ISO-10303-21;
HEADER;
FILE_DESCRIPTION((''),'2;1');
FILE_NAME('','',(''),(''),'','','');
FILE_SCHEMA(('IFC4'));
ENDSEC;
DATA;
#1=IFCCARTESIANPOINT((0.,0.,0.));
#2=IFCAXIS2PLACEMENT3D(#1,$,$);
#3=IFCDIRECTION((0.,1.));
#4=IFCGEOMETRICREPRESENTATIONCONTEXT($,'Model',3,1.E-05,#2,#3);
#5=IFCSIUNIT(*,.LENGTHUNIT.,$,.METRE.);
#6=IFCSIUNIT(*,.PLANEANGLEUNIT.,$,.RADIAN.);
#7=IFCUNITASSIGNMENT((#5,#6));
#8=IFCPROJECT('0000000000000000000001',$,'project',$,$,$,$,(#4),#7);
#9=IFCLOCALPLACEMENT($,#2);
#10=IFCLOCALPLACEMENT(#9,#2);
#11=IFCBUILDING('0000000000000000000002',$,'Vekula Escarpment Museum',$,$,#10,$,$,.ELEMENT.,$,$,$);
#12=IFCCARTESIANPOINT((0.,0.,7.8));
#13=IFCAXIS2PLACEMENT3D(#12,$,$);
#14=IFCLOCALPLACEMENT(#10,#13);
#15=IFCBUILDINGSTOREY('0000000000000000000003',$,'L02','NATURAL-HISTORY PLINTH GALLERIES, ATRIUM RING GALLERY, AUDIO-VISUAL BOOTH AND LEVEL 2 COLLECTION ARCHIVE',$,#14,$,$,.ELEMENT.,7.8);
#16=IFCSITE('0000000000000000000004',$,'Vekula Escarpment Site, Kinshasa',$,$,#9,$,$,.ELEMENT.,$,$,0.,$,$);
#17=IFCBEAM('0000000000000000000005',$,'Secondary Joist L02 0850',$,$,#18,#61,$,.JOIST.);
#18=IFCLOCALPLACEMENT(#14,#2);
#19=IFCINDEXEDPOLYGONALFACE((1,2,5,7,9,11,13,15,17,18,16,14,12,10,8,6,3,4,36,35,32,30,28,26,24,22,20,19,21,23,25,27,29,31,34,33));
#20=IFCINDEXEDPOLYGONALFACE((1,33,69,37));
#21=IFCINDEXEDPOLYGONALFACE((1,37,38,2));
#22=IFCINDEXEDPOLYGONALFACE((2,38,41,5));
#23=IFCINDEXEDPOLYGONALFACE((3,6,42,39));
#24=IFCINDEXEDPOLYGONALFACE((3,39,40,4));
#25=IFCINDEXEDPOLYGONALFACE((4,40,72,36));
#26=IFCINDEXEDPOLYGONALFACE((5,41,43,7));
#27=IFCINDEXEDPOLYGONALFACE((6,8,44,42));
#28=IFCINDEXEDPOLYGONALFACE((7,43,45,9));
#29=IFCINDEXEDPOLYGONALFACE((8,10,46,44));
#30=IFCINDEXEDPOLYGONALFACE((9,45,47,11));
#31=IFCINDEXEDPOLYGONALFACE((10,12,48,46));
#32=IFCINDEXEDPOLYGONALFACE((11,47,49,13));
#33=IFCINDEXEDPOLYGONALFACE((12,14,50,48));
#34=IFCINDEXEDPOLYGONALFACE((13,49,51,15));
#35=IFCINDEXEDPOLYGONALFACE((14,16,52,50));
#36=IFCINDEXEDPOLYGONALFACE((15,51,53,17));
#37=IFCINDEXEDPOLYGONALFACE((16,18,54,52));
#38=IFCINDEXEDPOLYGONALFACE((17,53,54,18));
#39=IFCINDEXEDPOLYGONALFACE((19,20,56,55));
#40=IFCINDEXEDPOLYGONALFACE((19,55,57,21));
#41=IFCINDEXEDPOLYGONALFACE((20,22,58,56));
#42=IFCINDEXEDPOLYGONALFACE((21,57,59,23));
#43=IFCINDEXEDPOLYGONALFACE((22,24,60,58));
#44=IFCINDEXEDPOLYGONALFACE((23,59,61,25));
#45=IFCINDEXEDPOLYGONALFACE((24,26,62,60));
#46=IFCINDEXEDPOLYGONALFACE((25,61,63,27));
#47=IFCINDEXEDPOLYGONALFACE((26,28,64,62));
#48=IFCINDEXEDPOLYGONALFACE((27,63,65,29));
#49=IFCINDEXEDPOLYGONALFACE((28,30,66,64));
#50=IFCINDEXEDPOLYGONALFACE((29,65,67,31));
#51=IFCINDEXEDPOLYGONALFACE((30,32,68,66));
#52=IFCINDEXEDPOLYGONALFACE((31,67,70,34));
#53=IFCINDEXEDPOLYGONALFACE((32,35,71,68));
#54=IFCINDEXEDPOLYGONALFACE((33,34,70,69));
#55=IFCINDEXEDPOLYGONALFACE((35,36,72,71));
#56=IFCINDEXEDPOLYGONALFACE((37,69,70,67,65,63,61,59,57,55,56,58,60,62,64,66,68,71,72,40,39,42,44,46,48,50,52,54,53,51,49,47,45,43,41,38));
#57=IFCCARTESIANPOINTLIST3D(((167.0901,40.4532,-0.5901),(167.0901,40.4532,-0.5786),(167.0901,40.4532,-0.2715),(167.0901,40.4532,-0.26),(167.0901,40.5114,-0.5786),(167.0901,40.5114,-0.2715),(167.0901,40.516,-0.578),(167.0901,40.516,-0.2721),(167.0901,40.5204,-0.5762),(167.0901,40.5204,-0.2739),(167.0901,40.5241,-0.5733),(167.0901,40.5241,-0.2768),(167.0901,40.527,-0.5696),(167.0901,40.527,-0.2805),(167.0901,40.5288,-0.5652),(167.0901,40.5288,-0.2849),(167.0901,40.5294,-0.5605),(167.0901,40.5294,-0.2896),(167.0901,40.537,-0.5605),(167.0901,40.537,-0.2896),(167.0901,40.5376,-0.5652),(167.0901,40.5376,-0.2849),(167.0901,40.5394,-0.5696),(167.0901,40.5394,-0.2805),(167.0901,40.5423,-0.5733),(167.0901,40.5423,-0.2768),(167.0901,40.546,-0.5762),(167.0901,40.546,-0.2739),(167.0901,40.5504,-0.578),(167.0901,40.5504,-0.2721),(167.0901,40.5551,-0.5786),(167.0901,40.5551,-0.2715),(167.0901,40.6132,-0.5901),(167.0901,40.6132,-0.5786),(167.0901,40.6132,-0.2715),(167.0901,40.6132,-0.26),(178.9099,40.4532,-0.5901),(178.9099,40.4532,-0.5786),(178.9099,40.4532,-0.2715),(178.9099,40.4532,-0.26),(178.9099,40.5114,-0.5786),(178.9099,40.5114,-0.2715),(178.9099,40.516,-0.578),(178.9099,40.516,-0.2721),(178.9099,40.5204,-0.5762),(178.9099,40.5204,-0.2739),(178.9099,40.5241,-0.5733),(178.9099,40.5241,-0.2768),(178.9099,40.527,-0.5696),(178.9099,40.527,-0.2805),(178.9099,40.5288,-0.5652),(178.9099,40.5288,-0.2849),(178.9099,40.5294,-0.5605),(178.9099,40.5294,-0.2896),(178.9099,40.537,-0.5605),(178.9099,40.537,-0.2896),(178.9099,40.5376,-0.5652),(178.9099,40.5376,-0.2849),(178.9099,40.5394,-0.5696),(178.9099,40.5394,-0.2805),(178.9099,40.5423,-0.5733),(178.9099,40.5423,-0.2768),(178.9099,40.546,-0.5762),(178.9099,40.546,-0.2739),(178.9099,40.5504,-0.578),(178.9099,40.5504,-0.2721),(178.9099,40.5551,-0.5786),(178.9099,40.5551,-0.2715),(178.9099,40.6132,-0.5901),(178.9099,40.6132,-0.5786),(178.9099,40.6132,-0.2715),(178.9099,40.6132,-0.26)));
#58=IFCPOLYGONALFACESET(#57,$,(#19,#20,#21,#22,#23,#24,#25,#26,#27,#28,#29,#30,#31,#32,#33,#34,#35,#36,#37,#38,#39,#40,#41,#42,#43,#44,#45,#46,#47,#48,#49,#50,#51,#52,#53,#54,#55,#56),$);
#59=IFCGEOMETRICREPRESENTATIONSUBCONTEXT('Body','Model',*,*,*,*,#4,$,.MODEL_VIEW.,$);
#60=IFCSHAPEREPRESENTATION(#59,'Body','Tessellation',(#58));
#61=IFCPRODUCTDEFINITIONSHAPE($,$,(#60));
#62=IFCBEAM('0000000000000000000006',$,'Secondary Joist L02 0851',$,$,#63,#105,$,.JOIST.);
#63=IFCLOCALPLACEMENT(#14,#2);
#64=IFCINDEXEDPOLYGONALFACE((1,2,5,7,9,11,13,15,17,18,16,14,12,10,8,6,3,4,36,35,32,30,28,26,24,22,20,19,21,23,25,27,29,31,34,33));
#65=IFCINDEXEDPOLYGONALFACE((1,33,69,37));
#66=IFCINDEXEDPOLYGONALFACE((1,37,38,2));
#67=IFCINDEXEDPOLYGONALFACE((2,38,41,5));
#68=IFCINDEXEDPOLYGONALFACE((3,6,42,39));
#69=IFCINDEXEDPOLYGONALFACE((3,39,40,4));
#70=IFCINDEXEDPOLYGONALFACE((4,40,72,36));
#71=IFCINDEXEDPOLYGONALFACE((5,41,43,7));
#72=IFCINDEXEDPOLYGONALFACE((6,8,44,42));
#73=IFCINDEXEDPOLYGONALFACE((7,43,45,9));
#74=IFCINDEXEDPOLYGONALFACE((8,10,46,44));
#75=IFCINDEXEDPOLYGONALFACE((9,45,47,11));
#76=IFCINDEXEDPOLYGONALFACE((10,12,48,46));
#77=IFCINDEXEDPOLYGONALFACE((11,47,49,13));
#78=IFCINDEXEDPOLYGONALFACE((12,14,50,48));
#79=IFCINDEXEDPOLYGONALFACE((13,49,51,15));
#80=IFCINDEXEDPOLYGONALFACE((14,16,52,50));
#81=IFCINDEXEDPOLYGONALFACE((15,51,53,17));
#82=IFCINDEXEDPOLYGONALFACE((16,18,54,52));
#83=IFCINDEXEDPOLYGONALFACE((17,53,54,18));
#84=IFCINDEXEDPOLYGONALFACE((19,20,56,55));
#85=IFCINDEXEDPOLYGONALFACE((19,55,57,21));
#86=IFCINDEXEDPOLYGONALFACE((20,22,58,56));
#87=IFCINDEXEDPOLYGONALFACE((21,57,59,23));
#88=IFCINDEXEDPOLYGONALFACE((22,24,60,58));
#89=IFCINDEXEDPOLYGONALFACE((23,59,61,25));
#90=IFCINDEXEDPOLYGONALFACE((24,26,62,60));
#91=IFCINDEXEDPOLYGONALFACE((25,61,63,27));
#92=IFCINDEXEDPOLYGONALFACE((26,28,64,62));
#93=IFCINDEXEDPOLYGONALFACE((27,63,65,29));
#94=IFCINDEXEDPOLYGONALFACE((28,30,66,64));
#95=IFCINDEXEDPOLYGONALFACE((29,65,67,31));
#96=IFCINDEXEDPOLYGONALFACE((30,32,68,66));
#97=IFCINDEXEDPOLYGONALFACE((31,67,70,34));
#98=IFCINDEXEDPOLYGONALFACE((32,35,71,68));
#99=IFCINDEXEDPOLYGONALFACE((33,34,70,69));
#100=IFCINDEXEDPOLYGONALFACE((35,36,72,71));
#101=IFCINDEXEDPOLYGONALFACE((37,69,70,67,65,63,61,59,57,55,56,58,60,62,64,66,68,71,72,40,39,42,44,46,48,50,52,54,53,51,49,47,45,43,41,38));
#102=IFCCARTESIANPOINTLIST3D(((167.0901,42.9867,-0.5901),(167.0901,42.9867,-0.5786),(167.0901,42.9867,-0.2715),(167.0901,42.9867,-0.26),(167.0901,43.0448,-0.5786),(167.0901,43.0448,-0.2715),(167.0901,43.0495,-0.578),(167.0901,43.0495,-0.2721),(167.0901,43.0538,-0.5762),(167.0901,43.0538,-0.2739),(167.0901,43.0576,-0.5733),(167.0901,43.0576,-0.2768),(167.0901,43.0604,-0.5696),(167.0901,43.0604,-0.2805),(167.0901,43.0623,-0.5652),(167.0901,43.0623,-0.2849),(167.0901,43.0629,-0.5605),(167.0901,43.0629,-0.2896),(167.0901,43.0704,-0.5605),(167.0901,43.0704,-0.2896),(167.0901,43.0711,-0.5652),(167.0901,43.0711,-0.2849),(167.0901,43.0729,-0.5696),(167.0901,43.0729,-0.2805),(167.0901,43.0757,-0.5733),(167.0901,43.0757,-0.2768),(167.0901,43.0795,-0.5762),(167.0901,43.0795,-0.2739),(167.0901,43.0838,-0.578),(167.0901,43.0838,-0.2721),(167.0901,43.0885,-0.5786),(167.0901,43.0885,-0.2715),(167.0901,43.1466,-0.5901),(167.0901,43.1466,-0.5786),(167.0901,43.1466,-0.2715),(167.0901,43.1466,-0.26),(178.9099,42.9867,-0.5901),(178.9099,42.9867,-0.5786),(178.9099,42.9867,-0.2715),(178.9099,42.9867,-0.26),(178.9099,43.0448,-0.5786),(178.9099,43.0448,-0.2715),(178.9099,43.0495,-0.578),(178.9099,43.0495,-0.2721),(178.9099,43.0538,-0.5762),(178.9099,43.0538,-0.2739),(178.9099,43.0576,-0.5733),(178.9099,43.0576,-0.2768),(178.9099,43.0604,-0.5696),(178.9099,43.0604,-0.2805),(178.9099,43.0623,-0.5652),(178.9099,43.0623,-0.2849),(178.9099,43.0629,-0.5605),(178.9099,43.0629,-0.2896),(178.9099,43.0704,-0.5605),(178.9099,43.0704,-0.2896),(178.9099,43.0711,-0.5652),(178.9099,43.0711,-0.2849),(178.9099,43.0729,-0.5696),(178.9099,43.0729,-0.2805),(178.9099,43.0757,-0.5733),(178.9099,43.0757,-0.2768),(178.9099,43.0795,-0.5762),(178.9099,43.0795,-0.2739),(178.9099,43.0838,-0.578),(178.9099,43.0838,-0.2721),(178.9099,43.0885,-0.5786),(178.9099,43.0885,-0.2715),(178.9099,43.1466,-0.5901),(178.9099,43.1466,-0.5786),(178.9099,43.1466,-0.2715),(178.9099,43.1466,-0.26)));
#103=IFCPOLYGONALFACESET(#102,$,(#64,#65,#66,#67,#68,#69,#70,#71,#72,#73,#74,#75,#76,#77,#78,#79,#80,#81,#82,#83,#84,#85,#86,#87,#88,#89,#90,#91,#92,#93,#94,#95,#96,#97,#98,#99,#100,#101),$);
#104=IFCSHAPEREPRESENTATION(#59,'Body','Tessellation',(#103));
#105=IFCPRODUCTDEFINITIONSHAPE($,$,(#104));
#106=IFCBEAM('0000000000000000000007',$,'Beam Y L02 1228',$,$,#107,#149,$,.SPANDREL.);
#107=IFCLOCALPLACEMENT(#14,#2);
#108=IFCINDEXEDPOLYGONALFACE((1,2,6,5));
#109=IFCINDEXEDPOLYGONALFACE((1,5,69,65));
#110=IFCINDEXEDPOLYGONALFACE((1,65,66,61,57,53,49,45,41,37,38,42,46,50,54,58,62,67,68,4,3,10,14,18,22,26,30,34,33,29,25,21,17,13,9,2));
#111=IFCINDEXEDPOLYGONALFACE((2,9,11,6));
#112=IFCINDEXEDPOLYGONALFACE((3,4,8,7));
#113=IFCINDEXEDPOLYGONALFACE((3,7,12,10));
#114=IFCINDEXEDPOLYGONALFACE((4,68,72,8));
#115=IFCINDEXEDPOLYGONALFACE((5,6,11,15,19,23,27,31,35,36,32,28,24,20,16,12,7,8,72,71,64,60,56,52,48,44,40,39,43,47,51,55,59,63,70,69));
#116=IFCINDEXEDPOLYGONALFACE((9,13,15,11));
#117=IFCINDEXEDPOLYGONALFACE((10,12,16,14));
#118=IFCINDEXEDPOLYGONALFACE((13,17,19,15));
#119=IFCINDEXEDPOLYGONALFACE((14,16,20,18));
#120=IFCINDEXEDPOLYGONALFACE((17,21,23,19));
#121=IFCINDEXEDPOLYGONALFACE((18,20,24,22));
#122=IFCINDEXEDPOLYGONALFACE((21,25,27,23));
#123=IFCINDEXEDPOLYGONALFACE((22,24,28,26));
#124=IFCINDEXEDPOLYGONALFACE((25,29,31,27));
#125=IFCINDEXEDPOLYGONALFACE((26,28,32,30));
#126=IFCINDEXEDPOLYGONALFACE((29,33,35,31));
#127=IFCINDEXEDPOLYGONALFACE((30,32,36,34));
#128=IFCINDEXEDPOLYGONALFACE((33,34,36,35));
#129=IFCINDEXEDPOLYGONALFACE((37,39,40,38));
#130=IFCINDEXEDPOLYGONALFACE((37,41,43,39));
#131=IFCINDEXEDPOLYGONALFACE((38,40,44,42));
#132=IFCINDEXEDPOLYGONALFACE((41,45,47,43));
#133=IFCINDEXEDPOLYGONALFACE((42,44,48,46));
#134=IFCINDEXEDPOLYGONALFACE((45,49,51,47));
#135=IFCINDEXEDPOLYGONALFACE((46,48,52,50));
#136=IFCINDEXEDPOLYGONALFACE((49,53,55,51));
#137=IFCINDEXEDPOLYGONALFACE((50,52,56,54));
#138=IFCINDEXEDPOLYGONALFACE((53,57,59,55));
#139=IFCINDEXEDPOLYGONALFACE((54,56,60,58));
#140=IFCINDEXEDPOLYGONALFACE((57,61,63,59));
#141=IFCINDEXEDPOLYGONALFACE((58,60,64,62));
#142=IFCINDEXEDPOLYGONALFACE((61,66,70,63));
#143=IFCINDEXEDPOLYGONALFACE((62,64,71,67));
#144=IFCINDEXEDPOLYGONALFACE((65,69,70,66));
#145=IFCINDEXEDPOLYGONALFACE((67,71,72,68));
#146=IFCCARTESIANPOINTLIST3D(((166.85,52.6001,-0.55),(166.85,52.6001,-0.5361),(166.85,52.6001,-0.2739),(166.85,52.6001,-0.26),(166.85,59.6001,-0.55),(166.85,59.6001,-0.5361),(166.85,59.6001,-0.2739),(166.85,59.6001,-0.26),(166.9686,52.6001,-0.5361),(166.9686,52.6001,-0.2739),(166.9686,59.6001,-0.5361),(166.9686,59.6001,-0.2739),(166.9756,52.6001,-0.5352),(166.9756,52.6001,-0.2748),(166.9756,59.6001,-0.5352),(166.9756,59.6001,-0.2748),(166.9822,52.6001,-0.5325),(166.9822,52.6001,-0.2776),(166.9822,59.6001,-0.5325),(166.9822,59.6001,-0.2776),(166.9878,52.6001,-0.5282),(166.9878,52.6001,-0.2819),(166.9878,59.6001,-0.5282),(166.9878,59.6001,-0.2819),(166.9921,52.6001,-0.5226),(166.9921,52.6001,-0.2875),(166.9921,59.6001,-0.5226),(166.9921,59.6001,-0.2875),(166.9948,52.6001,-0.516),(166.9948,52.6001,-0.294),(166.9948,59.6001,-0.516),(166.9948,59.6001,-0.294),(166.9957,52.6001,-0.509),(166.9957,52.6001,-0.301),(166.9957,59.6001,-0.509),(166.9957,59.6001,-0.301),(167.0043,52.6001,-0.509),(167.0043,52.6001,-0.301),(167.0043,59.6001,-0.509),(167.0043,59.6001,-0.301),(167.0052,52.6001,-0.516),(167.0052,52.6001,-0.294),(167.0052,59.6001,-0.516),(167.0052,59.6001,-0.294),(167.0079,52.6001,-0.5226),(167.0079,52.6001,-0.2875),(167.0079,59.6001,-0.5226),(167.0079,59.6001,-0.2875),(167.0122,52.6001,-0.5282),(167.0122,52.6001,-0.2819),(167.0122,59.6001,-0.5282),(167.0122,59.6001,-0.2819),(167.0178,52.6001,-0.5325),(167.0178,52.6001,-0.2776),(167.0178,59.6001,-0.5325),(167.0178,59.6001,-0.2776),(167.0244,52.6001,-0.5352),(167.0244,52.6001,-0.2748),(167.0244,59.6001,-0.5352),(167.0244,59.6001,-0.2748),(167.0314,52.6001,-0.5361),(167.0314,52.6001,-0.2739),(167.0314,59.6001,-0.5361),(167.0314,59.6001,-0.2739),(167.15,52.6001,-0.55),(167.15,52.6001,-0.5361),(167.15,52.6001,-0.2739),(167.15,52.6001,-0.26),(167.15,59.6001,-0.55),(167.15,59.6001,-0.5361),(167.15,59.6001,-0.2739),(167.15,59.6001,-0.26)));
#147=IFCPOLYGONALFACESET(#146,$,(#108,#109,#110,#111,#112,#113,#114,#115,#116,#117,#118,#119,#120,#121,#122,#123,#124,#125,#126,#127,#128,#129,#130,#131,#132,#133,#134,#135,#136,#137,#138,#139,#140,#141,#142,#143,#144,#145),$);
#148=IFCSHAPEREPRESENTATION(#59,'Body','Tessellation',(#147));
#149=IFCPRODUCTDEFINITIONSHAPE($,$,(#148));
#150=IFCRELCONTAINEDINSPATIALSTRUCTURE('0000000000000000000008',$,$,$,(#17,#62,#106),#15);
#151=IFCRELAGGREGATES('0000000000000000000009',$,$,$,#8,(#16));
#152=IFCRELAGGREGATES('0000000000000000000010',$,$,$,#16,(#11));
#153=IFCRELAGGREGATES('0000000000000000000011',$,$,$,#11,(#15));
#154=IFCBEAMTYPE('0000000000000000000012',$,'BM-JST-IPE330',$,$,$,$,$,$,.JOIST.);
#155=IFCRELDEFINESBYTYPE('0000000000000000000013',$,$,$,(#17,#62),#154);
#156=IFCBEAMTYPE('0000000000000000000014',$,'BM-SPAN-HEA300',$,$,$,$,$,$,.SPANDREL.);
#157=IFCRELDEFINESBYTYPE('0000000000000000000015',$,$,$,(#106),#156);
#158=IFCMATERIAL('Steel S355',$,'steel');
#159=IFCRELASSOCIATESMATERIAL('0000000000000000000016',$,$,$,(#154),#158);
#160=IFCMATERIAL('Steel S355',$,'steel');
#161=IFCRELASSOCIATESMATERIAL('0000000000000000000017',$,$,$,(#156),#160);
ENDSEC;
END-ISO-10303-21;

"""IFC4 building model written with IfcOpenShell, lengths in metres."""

from ifc_helpers import new_model, si_unit, direction, frame, origin, origin_2d, place, context, subcontext, project, spatial, i_section, extrude, material, material_profile, profile_set, type_object, element, save


model = new_model("IFC4")

# Units and contexts
model_context = context("Model", 3, precision=1e-05, world=origin(), true_north=direction((0.0, 1.0)))
body_context = subcontext(model_context, "Body", "Model", "MODEL_VIEW")
ifc_project = project(units=[si_unit("LENGTHUNIT", "METRE"), si_unit("PLANEANGLEUNIT", "RADIAN")], contexts=[model_context])

# Site, building, storey
site_placement = place(None, origin())
site = spatial("IfcSite", under=ifc_project, at=site_placement, Name="Vekula Escarpment Site, Kinshasa", CompositionType="ELEMENT", RefElevation=0.0)
building_placement = place(site_placement, origin())
building = spatial("IfcBuilding", under=site, at=building_placement, Name="Vekula Escarpment Museum", CompositionType="ELEMENT")
storey_placement = place(building_placement, frame((0.0, 0.0, 7.8)))
storey = spatial("IfcBuildingStorey", under=building, at=storey_placement, Name="L02", Description="NATURAL-HISTORY PLINTH GALLERIES, ATRIUM RING GALLERY, AUDIO-VISUAL BOOTH AND LEVEL 2 COLLECTION ARCHIVE", CompositionType="ELEMENT", Elevation=7.8)

# Beams
ifc_material_1 = material(Name="Steel S355", Category="steel")
ifc_material_profile_1 = material_profile(ifc_material_1, i_section(OverallWidth=0.1599, OverallDepth=0.3301, WebThickness=0.0076, FlangeThickness=0.0115, FilletRadius=0.0181, at=origin_2d()), Name="IPE 330")
ifc_profile_set_1 = profile_set([ifc_material_profile_1], Name="Steel S355")
beam_type_1 = type_object("IfcBeamType", Name="BM-JST-IPE330", PredefinedType="JOIST", material=ifc_profile_set_1)
for number, where, z_axis, x_axis, name in (
    (1, (167.0901, 40.5332, -0.425), (1.0, 0.0, 0.0), (0.0, 1.0, 0.0), "Secondary Joist L02 0850"),
    (2, (167.0901, 43.0667, -0.425), (1.0, 0.0, 0.0), (0.0, 1.0, 0.0), "Secondary Joist L02 0851"),
):
    element("IfcBeam", number, at=place(storey_placement, frame(where, z_axis=z_axis, x_axis=x_axis)), inside=storey, type_object=beam_type_1, Name=name, PredefinedType="JOIST", context=body_context, shape_type="SweptSolid", body=[
        extrude(i_section(OverallWidth=0.1599, OverallDepth=0.3301, WebThickness=0.0076, FlangeThickness=0.0115, FilletRadius=0.0181, at=origin_2d()), origin(), (0.0, 0.0, 1.0), 11.8198),
    ])
ifc_material_2 = material(Name="Steel S355", Category="steel")
ifc_material_profile_2 = material_profile(ifc_material_2, i_section(OverallWidth=0.3, OverallDepth=0.29, WebThickness=0.0085, FlangeThickness=0.0139, FilletRadius=0.0271, at=origin_2d()), Name="HEA 300")
ifc_profile_set_2 = profile_set([ifc_material_profile_2], Name="Steel S355")
beam_type_2 = type_object("IfcBeamType", Name="BM-SPAN-HEA300", PredefinedType="SPANDREL", material=ifc_profile_set_2)
beam_1_placement = place(storey_placement, frame((167.0, 52.6001, -0.405), z_axis=(0.0, 1.0, 0.0), x_axis=(-1.0, 0.0, 0.0)))
element("IfcBeam", 3, at=beam_1_placement, inside=storey, type_object=beam_type_2, Name="Beam Y L02 1228", PredefinedType="SPANDREL", context=body_context, shape_type="SweptSolid", body=[
    extrude(i_section(OverallWidth=0.3, OverallDepth=0.29, WebThickness=0.0085, FlangeThickness=0.0139, FilletRadius=0.0271, at=origin_2d()), origin(), (0.0, 0.0, 1.0), 7.0),
])

save(model, "model.ifc")
